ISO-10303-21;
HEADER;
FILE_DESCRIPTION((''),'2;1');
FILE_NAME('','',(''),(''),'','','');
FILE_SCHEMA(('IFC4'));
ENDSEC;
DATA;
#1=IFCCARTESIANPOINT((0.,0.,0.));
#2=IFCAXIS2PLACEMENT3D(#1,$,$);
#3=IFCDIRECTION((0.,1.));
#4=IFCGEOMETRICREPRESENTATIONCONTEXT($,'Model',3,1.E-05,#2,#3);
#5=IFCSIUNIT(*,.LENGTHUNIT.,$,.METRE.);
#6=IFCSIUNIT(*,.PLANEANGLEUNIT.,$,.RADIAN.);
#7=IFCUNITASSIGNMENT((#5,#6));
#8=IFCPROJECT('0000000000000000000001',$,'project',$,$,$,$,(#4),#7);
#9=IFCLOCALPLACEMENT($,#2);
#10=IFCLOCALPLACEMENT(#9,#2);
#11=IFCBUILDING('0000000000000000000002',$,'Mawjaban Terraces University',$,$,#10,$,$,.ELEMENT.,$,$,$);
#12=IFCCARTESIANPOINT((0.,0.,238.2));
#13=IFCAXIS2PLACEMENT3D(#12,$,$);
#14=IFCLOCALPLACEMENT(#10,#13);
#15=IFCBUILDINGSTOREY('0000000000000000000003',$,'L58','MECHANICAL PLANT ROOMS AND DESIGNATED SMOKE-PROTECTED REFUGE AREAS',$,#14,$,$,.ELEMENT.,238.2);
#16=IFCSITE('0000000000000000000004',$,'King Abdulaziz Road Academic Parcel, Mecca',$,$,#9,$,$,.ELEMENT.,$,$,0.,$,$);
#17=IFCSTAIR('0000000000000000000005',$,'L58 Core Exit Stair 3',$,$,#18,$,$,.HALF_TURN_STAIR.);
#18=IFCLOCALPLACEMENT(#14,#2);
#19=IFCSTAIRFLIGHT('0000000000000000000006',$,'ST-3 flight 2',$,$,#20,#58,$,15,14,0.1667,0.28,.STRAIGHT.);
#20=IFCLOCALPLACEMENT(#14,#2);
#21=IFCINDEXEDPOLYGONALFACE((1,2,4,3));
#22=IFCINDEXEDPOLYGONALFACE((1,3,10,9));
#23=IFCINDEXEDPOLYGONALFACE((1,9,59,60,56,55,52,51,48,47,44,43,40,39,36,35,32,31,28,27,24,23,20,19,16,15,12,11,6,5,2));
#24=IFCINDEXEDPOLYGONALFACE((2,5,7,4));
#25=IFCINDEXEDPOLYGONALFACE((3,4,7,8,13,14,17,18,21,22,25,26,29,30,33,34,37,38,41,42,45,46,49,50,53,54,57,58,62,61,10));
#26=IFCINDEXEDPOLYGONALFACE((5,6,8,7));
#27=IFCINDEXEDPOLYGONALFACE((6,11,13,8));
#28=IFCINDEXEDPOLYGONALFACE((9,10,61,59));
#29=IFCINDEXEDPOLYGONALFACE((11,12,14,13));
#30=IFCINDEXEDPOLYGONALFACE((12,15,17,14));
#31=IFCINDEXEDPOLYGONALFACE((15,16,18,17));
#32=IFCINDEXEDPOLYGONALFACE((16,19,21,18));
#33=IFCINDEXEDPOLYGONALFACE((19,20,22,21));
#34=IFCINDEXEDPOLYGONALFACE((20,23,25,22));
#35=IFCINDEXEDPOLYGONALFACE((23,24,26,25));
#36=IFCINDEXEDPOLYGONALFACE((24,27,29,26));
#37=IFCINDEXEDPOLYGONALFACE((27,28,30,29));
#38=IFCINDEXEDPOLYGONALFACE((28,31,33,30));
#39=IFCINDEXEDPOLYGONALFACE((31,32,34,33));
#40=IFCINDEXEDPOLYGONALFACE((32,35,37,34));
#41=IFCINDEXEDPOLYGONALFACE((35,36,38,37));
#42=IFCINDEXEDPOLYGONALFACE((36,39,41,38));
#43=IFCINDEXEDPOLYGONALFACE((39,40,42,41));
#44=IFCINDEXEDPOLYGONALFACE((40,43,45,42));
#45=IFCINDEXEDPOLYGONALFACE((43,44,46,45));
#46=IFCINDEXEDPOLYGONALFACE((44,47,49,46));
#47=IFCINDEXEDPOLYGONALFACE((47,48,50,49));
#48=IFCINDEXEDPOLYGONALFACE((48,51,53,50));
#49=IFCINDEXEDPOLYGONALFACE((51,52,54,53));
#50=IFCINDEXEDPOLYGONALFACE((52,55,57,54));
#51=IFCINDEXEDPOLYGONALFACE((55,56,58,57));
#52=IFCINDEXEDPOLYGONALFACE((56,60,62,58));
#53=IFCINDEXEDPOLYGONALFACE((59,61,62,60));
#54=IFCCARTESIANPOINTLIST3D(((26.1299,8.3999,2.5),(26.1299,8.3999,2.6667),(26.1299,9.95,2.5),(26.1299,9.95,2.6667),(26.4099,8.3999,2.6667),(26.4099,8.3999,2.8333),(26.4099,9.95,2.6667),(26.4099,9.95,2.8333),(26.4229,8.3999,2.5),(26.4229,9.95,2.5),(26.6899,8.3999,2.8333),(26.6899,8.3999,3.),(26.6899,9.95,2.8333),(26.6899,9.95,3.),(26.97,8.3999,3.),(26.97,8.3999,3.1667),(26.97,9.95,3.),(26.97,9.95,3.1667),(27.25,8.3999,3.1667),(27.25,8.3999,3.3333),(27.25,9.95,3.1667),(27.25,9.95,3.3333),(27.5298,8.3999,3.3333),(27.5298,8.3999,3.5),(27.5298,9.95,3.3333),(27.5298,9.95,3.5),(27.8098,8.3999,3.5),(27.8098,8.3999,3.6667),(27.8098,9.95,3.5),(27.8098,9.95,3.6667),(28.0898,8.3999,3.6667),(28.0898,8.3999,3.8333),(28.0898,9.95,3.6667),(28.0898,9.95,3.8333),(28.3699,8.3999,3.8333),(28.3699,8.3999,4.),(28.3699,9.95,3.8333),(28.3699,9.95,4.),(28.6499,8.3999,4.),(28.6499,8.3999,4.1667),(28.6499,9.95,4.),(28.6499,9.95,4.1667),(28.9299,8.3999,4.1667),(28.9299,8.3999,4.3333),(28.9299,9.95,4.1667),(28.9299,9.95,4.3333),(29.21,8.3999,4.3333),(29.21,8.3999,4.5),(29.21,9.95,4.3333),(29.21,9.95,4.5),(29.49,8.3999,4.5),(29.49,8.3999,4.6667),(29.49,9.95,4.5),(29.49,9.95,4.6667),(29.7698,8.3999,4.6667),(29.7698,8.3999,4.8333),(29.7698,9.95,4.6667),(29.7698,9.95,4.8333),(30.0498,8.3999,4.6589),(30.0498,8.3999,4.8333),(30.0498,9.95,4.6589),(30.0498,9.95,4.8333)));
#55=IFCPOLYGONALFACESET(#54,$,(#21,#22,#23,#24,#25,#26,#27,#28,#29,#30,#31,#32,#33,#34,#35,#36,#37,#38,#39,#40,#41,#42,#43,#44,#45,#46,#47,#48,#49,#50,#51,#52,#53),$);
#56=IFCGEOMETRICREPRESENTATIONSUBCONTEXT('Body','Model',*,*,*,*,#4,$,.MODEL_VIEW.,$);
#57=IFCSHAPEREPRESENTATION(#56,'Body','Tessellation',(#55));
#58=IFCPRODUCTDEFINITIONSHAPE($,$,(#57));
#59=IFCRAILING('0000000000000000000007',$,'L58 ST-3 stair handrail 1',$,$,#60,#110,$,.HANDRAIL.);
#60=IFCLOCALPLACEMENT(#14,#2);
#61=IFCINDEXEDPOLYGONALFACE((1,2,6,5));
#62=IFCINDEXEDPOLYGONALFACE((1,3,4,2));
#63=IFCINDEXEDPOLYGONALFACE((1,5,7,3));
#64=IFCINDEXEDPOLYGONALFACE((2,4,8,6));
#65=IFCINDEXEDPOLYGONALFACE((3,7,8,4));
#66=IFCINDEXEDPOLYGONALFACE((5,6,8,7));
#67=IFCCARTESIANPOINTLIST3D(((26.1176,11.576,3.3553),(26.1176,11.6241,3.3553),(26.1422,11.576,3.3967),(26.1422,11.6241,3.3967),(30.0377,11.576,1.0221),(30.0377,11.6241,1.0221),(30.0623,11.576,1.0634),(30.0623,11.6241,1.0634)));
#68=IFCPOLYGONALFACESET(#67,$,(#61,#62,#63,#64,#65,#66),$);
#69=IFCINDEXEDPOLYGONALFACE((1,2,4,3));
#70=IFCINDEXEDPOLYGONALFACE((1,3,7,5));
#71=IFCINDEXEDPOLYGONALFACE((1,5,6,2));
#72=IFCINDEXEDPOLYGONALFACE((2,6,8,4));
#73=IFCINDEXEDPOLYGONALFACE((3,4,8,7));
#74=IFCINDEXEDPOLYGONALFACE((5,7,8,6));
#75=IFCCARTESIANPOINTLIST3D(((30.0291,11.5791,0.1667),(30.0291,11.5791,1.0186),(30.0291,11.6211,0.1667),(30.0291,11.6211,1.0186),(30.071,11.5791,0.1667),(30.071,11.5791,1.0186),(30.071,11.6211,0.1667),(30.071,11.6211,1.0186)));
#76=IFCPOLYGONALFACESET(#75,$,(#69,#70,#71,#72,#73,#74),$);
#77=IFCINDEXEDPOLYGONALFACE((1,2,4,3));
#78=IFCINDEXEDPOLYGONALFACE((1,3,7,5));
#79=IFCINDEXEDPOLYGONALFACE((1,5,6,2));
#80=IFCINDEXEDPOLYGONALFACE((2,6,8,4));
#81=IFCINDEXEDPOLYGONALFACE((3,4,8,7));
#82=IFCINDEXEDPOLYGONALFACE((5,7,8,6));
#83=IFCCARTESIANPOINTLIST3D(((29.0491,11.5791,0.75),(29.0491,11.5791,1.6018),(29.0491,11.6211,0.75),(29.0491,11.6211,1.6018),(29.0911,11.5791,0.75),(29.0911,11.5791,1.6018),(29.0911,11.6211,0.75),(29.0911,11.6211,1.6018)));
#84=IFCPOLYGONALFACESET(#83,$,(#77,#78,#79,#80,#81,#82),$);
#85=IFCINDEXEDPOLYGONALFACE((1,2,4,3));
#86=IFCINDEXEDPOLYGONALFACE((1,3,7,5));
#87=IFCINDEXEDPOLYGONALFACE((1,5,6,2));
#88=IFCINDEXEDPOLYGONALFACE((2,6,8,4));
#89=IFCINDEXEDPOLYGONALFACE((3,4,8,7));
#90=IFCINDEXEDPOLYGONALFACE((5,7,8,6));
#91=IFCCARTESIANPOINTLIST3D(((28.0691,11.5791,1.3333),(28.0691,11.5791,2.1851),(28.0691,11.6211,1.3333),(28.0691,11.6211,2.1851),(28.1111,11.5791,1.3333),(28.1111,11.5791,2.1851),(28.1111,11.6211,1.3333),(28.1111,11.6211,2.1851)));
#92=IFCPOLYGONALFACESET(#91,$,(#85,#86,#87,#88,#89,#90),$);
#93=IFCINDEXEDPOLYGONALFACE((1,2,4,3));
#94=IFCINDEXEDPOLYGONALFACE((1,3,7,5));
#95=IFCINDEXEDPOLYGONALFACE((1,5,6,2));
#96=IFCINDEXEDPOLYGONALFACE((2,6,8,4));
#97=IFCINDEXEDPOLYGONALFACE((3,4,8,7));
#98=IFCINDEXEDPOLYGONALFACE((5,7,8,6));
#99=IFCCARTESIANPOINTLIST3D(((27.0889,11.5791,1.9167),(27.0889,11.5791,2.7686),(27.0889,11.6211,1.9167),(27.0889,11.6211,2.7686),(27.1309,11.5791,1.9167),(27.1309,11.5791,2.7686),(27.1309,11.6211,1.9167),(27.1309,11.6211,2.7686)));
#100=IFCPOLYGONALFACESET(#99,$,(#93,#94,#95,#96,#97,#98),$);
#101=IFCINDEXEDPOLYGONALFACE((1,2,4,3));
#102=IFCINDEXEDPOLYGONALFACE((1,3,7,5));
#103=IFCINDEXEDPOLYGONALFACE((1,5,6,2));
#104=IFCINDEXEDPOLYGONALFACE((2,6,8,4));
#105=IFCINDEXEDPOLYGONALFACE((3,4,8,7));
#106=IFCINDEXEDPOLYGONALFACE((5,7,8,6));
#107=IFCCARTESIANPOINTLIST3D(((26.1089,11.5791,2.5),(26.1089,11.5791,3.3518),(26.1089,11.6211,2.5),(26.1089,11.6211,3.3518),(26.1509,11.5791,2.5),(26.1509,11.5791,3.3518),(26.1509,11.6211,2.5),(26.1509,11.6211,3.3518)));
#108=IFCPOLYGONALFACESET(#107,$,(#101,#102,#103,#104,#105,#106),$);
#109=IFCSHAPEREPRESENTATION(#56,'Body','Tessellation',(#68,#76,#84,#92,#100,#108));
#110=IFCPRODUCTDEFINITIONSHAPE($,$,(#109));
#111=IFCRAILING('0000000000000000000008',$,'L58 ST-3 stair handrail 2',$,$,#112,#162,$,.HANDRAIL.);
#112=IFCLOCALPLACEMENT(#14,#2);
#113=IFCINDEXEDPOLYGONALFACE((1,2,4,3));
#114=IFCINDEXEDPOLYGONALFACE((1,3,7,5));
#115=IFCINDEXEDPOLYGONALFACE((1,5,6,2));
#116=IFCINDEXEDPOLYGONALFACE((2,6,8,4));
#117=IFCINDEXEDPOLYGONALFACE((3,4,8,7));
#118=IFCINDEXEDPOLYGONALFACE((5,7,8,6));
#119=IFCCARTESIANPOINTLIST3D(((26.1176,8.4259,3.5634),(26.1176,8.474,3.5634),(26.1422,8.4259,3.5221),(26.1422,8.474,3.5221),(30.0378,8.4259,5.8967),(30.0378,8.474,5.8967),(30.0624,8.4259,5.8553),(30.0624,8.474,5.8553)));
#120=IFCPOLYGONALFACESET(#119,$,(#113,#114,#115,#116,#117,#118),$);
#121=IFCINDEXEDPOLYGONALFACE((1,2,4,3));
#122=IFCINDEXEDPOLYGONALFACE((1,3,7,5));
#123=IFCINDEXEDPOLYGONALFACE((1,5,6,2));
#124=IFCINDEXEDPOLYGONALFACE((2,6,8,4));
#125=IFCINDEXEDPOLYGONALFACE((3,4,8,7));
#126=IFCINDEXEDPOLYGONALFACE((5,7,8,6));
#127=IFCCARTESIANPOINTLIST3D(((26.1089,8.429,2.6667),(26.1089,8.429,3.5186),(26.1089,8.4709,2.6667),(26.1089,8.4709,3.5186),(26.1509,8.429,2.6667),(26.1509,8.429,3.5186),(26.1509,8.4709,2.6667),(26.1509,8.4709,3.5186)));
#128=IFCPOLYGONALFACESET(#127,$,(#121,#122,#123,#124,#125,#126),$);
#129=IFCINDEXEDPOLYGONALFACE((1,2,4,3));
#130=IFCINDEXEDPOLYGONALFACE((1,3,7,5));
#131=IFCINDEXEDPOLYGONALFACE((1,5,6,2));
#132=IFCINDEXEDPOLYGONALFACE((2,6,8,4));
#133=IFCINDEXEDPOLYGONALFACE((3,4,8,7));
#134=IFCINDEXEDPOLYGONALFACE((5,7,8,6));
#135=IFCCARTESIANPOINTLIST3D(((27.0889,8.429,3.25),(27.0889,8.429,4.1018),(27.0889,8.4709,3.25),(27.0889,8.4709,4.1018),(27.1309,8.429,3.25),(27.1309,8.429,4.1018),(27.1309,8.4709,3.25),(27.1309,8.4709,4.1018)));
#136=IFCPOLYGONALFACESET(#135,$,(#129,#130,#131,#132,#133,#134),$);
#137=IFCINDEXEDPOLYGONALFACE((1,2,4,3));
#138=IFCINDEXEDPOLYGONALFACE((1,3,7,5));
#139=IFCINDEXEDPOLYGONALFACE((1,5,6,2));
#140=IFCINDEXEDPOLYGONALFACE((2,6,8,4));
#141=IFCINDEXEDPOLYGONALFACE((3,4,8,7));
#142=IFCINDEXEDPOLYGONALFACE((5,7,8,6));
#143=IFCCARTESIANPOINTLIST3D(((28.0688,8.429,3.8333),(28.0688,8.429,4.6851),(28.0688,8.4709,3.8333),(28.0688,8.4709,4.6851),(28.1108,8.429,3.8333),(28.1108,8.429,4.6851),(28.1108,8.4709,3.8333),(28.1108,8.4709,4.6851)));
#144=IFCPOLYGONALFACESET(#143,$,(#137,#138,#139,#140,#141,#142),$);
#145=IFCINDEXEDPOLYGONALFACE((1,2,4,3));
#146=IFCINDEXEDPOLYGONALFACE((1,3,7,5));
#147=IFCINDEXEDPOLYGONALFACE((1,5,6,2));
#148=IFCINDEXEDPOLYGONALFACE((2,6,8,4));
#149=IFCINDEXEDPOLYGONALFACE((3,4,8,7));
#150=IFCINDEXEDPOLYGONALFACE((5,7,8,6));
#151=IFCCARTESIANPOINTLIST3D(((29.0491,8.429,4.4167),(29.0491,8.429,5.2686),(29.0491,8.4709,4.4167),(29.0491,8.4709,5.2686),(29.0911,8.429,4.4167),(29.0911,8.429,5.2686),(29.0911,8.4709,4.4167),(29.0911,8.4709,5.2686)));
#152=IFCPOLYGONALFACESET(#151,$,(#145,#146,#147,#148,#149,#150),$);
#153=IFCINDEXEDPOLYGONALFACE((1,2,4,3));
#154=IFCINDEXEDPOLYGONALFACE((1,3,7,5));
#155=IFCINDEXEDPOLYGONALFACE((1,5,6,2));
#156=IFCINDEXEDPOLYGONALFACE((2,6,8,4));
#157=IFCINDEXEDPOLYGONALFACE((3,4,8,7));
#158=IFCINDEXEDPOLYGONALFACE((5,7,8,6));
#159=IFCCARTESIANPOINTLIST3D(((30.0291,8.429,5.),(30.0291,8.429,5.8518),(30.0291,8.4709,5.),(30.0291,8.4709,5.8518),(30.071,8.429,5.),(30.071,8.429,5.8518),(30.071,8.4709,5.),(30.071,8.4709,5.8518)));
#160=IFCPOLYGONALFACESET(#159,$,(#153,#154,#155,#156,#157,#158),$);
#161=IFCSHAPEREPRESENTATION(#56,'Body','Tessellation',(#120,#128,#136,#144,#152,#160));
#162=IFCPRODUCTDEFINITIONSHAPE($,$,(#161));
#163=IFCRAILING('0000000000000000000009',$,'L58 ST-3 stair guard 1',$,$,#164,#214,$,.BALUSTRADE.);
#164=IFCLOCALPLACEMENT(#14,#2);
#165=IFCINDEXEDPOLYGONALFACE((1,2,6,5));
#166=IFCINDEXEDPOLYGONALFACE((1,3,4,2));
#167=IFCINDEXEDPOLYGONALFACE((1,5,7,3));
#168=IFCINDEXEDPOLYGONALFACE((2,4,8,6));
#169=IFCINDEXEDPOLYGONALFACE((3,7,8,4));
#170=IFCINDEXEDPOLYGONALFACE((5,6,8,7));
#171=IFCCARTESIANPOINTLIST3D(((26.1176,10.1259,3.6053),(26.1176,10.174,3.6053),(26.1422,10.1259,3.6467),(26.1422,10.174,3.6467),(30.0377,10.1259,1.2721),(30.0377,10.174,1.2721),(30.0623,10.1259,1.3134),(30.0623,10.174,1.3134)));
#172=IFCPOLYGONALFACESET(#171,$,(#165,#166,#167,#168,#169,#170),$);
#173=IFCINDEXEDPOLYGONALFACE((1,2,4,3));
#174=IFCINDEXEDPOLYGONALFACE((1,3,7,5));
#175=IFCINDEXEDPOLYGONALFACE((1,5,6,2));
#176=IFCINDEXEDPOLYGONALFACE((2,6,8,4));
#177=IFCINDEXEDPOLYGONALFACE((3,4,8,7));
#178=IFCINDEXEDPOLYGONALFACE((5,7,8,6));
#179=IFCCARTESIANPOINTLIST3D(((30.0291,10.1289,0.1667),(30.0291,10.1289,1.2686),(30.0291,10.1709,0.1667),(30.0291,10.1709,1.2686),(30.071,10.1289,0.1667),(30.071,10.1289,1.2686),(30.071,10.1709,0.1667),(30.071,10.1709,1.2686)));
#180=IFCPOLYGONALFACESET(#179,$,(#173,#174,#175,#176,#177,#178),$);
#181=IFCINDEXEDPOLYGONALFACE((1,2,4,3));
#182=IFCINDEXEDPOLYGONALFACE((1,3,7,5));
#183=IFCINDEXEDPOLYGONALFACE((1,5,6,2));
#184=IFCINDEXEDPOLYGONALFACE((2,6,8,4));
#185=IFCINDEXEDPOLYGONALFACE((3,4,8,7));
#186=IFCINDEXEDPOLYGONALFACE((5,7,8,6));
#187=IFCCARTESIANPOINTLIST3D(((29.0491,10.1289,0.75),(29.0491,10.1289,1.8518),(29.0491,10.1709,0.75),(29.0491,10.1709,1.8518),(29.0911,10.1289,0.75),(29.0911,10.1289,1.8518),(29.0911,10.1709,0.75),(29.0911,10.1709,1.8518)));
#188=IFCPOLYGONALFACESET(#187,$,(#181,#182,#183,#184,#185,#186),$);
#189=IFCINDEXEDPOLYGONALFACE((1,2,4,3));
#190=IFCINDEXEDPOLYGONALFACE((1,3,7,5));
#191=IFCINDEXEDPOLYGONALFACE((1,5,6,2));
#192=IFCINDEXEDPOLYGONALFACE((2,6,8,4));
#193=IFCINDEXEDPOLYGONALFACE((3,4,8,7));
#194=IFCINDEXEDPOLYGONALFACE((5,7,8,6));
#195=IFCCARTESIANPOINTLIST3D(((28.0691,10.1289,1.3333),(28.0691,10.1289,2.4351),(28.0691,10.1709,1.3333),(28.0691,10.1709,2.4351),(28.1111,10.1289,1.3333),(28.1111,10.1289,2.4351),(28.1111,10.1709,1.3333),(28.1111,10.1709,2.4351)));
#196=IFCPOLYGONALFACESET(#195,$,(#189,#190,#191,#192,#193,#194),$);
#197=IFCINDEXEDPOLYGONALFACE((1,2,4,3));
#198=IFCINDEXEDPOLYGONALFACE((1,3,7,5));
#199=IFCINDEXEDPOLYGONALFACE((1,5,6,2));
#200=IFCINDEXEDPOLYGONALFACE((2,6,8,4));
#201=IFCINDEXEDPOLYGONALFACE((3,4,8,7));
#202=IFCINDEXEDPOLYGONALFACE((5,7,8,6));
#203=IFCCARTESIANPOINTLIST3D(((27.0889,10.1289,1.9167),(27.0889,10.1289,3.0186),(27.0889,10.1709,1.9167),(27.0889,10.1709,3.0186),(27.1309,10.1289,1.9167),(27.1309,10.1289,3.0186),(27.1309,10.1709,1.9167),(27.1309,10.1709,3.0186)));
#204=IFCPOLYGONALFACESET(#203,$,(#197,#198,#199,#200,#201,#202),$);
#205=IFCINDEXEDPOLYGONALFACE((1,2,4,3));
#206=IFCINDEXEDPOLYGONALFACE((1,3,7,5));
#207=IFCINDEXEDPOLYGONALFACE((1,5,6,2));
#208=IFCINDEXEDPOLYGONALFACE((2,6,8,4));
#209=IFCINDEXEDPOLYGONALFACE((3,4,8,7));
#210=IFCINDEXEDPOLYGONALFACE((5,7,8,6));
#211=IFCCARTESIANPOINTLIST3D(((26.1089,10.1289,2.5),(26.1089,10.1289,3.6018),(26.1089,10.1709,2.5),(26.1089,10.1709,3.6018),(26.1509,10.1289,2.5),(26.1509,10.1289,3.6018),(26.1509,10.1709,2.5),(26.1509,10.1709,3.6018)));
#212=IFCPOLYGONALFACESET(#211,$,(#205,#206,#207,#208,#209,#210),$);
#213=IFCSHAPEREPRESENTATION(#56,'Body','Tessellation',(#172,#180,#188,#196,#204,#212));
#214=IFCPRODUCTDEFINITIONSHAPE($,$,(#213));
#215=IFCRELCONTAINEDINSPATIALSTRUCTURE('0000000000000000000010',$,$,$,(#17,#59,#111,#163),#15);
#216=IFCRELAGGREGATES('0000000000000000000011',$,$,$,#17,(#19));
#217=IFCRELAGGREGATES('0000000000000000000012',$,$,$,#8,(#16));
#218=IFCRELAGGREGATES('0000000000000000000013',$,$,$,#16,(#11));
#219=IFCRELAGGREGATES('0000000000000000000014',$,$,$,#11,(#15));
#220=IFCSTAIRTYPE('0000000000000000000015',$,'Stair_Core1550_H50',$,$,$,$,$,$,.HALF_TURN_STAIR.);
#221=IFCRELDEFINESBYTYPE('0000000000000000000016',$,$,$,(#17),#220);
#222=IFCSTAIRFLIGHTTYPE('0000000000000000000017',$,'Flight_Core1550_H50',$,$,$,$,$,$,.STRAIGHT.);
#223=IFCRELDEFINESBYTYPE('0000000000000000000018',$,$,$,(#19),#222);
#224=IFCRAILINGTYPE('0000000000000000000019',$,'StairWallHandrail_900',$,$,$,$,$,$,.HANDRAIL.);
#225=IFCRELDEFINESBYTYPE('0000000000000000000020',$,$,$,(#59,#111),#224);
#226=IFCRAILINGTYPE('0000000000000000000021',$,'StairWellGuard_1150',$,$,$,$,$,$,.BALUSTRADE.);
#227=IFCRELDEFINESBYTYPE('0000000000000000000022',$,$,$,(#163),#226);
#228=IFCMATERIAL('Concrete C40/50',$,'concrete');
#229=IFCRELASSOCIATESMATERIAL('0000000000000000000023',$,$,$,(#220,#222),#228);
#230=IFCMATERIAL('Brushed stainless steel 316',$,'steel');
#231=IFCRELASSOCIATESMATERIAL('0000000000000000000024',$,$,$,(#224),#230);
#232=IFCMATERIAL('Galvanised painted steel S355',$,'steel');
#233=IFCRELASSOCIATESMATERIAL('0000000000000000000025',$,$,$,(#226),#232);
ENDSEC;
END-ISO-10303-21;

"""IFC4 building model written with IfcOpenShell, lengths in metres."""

from ifc_helpers import new_model, si_unit, direction, frame, origin, origin_2d, place, context, subcontext, project, spatial, polyline, rectangle, outline, extrude, material, type_object, element, aggregate, save


model = new_model("IFC4")

# Units and contexts
model_context = context("Model", 3, precision=1e-05, world=origin(), true_north=direction((0.0, 1.0)))
body_context = subcontext(model_context, "Body", "Model", "MODEL_VIEW")
ifc_project = project(units=[si_unit("LENGTHUNIT", "METRE"), si_unit("PLANEANGLEUNIT", "RADIAN")], contexts=[model_context])

# Site, building, storey
site_placement = place(None, origin())
site = spatial("IfcSite", under=ifc_project, at=site_placement, Name="King Abdulaziz Road Academic Parcel, Mecca", CompositionType="ELEMENT", RefElevation=0.0)
building_placement = place(site_placement, origin())
building = spatial("IfcBuilding", under=site, at=building_placement, Name="Mawjaban Terraces University", CompositionType="ELEMENT")
storey_placement = place(building_placement, frame((0.0, 0.0, 238.2)))
storey = spatial("IfcBuildingStorey", under=building, at=storey_placement, Name="L58", Description="MECHANICAL PLANT ROOMS AND DESIGNATED SMOKE-PROTECTED REFUGE AREAS", CompositionType="ELEMENT", Elevation=238.2)

# Shared definitions
ifc_material_1 = material(Name="Concrete C40/50", Category="concrete")

# Stair, stair flight
stair_type = type_object("IfcStairType", Name="Stair_Core1550_H50", PredefinedType="HALF_TURN_STAIR", material=ifc_material_1)
stair_placement = place(storey_placement, origin())
stair = element("IfcStair", 1, at=stair_placement, inside=storey, type_object=stair_type, Name="L58 Core Exit Stair 3", PredefinedType="HALF_TURN_STAIR")
stair_flight_type = type_object("IfcStairFlightType", Name="Flight_Core1550_H50", PredefinedType="STRAIGHT", material=ifc_material_1)
stair_flight_1_placement = place(storey_placement, frame((26.1299, 9.175, 2.5), z_axis=(0.0, 0.0, 1.0), x_axis=(1.0, 0.0, 0.0)))
stair_flight_1 = element("IfcStairFlight", 2, at=stair_flight_1_placement, type_object=stair_flight_type, Name="ST-3 flight 2", NumberOfRisers=15, NumberOfTreads=14, PredefinedType="STRAIGHT", RiserHeight=0.1667, TreadLength=0.28, context=body_context, shape_type="SweptSolid", body=[
    extrude(outline(polyline([(0.0, 0.0), (0.0, 0.1667), (0.28, 0.1667), (0.28, 0.3333), (0.5601, 0.3333), (0.5601, 0.5), (0.8401, 0.5), (0.8401, 0.6667), (1.1201, 0.6667), (1.1201, 0.8333), (1.3999, 0.8333), (1.3999, 1.0), (1.6799, 1.0), (1.6799, 1.1667), (1.96, 1.1667), (1.96, 1.3333), (2.24, 1.3333), (2.24, 1.5), (2.52, 1.5), (2.52, 1.6667), (2.8, 1.6667), (2.8, 1.8333), (3.0801, 1.8333), (3.0801, 2.0), (3.3601, 2.0), (3.3601, 2.1667), (3.6399, 2.1667), (3.6399, 2.3333), (3.9199, 2.3333), (3.9199, 2.5), (3.9199, 2.1589), (0.293, 0.0), (0.0, 0.0)])), frame((0.0, 0.7749, 0.0), z_axis=(0.0, -1.0, 0.0), x_axis=(1.0, 0.0, 0.0)), (0.0, 0.0, 1.0), 1.55),
])
aggregate(stair, [stair_flight_1])

# Railings
ifc_material_2 = material(Name="Brushed stainless steel 316", Category="steel")
railing_type_1 = type_object("IfcRailingType", Name="StairWallHandrail_900", PredefinedType="HANDRAIL", material=ifc_material_2)
railing_1_placement = place(storey_placement, frame((30.05, 11.6001, 0.1667)))
element("IfcRailing", 3, at=railing_1_placement, inside=storey, type_object=railing_type_1, Name="L58 ST-3 stair handrail 1", PredefinedType="HANDRAIL", context=body_context, shape_type="SweptSolid", body=[
    extrude(rectangle(XDim=0.0481, YDim=0.0481, at=origin_2d()), frame((0.0, 0.0, 0.876), z_axis=(-0.85931, 0.0, 0.511455), x_axis=(0.0, -1.0, 0.0)), (0.0, 0.0, 1.0), 4.562),
    extrude(rectangle(XDim=0.042, YDim=0.042, at=origin_2d()), origin(), (0.0, 0.0, 1.0), 0.8518),
    extrude(rectangle(XDim=0.042, YDim=0.042, at=origin_2d()), frame((-0.98, 0.0, 0.5833)), (0.0, 0.0, 1.0), 0.8518),
    extrude(rectangle(XDim=0.042, YDim=0.042, at=origin_2d()), frame((-1.96, 0.0, 1.1665)), (0.0, 0.0, 1.0), 0.8518),
    extrude(rectangle(XDim=0.042, YDim=0.042, at=origin_2d()), frame((-2.9402, 0.0, 1.75)), (0.0, 0.0, 1.0), 0.8518),
    extrude(rectangle(XDim=0.042, YDim=0.042, at=origin_2d()), frame((-3.9202, 0.0, 2.3333)), (0.0, 0.0, 1.0), 0.8518),
])
railing_2_placement = place(storey_placement, frame((26.1299, 8.45, 2.6667)))
element("IfcRailing", 4, at=railing_2_placement, inside=storey, type_object=railing_type_1, Name="L58 ST-3 stair handrail 2", PredefinedType="HANDRAIL", context=body_context, shape_type="SweptSolid", body=[
    extrude(rectangle(XDim=0.0481, YDim=0.0481, at=origin_2d()), frame((0.0, 0.0, 0.876), z_axis=(0.85931, 0.0, 0.511455), x_axis=(0.0, 1.0, 0.0)), (0.0, 0.0, 1.0), 4.562),
    extrude(rectangle(XDim=0.042, YDim=0.042, at=origin_2d()), origin(), (0.0, 0.0, 1.0), 0.8518),
    extrude(rectangle(XDim=0.042, YDim=0.042, at=origin_2d()), frame((0.98, 0.0, 0.5833)), (0.0, 0.0, 1.0), 0.8518),
    extrude(rectangle(XDim=0.042, YDim=0.042, at=origin_2d()), frame((1.96, 0.0, 1.1665)), (0.0, 0.0, 1.0), 0.8518),
    extrude(rectangle(XDim=0.042, YDim=0.042, at=origin_2d()), frame((2.9402, 0.0, 1.75)), (0.0, 0.0, 1.0), 0.8518),
    extrude(rectangle(XDim=0.042, YDim=0.042, at=origin_2d()), frame((3.9202, 0.0, 2.3333)), (0.0, 0.0, 1.0), 0.8518),
])
ifc_material_3 = material(Name="Galvanised painted steel S355", Category="steel")
railing_type_2 = type_object("IfcRailingType", Name="StairWellGuard_1150", PredefinedType="BALUSTRADE", material=ifc_material_3)
railing_3_placement = place(storey_placement, frame((30.05, 10.1499, 0.1667)))
element("IfcRailing", 5, at=railing_3_placement, inside=storey, type_object=railing_type_2, Name="L58 ST-3 stair guard 1", PredefinedType="BALUSTRADE", context=body_context, shape_type="SweptSolid", body=[
    extrude(rectangle(XDim=0.0481, YDim=0.0481, at=origin_2d()), frame((0.0, 0.0, 1.126), z_axis=(-0.85931, 0.0, 0.511455), x_axis=(0.0, -1.0, 0.0)), (0.0, 0.0, 1.0), 4.562),
    extrude(rectangle(XDim=0.042, YDim=0.042, at=origin_2d()), origin(), (0.0, 0.0, 1.0), 1.1018),
    extrude(rectangle(XDim=0.042, YDim=0.042, at=origin_2d()), frame((-0.98, 0.0, 0.5833)), (0.0, 0.0, 1.0), 1.1018),
    extrude(rectangle(XDim=0.042, YDim=0.042, at=origin_2d()), frame((-1.96, 0.0, 1.1665)), (0.0, 0.0, 1.0), 1.1018),
    extrude(rectangle(XDim=0.042, YDim=0.042, at=origin_2d()), frame((-2.9402, 0.0, 1.75)), (0.0, 0.0, 1.0), 1.1018),
    extrude(rectangle(XDim=0.042, YDim=0.042, at=origin_2d()), frame((-3.9202, 0.0, 2.3333)), (0.0, 0.0, 1.0), 1.1018),
])

save(model, "model.ifc")
